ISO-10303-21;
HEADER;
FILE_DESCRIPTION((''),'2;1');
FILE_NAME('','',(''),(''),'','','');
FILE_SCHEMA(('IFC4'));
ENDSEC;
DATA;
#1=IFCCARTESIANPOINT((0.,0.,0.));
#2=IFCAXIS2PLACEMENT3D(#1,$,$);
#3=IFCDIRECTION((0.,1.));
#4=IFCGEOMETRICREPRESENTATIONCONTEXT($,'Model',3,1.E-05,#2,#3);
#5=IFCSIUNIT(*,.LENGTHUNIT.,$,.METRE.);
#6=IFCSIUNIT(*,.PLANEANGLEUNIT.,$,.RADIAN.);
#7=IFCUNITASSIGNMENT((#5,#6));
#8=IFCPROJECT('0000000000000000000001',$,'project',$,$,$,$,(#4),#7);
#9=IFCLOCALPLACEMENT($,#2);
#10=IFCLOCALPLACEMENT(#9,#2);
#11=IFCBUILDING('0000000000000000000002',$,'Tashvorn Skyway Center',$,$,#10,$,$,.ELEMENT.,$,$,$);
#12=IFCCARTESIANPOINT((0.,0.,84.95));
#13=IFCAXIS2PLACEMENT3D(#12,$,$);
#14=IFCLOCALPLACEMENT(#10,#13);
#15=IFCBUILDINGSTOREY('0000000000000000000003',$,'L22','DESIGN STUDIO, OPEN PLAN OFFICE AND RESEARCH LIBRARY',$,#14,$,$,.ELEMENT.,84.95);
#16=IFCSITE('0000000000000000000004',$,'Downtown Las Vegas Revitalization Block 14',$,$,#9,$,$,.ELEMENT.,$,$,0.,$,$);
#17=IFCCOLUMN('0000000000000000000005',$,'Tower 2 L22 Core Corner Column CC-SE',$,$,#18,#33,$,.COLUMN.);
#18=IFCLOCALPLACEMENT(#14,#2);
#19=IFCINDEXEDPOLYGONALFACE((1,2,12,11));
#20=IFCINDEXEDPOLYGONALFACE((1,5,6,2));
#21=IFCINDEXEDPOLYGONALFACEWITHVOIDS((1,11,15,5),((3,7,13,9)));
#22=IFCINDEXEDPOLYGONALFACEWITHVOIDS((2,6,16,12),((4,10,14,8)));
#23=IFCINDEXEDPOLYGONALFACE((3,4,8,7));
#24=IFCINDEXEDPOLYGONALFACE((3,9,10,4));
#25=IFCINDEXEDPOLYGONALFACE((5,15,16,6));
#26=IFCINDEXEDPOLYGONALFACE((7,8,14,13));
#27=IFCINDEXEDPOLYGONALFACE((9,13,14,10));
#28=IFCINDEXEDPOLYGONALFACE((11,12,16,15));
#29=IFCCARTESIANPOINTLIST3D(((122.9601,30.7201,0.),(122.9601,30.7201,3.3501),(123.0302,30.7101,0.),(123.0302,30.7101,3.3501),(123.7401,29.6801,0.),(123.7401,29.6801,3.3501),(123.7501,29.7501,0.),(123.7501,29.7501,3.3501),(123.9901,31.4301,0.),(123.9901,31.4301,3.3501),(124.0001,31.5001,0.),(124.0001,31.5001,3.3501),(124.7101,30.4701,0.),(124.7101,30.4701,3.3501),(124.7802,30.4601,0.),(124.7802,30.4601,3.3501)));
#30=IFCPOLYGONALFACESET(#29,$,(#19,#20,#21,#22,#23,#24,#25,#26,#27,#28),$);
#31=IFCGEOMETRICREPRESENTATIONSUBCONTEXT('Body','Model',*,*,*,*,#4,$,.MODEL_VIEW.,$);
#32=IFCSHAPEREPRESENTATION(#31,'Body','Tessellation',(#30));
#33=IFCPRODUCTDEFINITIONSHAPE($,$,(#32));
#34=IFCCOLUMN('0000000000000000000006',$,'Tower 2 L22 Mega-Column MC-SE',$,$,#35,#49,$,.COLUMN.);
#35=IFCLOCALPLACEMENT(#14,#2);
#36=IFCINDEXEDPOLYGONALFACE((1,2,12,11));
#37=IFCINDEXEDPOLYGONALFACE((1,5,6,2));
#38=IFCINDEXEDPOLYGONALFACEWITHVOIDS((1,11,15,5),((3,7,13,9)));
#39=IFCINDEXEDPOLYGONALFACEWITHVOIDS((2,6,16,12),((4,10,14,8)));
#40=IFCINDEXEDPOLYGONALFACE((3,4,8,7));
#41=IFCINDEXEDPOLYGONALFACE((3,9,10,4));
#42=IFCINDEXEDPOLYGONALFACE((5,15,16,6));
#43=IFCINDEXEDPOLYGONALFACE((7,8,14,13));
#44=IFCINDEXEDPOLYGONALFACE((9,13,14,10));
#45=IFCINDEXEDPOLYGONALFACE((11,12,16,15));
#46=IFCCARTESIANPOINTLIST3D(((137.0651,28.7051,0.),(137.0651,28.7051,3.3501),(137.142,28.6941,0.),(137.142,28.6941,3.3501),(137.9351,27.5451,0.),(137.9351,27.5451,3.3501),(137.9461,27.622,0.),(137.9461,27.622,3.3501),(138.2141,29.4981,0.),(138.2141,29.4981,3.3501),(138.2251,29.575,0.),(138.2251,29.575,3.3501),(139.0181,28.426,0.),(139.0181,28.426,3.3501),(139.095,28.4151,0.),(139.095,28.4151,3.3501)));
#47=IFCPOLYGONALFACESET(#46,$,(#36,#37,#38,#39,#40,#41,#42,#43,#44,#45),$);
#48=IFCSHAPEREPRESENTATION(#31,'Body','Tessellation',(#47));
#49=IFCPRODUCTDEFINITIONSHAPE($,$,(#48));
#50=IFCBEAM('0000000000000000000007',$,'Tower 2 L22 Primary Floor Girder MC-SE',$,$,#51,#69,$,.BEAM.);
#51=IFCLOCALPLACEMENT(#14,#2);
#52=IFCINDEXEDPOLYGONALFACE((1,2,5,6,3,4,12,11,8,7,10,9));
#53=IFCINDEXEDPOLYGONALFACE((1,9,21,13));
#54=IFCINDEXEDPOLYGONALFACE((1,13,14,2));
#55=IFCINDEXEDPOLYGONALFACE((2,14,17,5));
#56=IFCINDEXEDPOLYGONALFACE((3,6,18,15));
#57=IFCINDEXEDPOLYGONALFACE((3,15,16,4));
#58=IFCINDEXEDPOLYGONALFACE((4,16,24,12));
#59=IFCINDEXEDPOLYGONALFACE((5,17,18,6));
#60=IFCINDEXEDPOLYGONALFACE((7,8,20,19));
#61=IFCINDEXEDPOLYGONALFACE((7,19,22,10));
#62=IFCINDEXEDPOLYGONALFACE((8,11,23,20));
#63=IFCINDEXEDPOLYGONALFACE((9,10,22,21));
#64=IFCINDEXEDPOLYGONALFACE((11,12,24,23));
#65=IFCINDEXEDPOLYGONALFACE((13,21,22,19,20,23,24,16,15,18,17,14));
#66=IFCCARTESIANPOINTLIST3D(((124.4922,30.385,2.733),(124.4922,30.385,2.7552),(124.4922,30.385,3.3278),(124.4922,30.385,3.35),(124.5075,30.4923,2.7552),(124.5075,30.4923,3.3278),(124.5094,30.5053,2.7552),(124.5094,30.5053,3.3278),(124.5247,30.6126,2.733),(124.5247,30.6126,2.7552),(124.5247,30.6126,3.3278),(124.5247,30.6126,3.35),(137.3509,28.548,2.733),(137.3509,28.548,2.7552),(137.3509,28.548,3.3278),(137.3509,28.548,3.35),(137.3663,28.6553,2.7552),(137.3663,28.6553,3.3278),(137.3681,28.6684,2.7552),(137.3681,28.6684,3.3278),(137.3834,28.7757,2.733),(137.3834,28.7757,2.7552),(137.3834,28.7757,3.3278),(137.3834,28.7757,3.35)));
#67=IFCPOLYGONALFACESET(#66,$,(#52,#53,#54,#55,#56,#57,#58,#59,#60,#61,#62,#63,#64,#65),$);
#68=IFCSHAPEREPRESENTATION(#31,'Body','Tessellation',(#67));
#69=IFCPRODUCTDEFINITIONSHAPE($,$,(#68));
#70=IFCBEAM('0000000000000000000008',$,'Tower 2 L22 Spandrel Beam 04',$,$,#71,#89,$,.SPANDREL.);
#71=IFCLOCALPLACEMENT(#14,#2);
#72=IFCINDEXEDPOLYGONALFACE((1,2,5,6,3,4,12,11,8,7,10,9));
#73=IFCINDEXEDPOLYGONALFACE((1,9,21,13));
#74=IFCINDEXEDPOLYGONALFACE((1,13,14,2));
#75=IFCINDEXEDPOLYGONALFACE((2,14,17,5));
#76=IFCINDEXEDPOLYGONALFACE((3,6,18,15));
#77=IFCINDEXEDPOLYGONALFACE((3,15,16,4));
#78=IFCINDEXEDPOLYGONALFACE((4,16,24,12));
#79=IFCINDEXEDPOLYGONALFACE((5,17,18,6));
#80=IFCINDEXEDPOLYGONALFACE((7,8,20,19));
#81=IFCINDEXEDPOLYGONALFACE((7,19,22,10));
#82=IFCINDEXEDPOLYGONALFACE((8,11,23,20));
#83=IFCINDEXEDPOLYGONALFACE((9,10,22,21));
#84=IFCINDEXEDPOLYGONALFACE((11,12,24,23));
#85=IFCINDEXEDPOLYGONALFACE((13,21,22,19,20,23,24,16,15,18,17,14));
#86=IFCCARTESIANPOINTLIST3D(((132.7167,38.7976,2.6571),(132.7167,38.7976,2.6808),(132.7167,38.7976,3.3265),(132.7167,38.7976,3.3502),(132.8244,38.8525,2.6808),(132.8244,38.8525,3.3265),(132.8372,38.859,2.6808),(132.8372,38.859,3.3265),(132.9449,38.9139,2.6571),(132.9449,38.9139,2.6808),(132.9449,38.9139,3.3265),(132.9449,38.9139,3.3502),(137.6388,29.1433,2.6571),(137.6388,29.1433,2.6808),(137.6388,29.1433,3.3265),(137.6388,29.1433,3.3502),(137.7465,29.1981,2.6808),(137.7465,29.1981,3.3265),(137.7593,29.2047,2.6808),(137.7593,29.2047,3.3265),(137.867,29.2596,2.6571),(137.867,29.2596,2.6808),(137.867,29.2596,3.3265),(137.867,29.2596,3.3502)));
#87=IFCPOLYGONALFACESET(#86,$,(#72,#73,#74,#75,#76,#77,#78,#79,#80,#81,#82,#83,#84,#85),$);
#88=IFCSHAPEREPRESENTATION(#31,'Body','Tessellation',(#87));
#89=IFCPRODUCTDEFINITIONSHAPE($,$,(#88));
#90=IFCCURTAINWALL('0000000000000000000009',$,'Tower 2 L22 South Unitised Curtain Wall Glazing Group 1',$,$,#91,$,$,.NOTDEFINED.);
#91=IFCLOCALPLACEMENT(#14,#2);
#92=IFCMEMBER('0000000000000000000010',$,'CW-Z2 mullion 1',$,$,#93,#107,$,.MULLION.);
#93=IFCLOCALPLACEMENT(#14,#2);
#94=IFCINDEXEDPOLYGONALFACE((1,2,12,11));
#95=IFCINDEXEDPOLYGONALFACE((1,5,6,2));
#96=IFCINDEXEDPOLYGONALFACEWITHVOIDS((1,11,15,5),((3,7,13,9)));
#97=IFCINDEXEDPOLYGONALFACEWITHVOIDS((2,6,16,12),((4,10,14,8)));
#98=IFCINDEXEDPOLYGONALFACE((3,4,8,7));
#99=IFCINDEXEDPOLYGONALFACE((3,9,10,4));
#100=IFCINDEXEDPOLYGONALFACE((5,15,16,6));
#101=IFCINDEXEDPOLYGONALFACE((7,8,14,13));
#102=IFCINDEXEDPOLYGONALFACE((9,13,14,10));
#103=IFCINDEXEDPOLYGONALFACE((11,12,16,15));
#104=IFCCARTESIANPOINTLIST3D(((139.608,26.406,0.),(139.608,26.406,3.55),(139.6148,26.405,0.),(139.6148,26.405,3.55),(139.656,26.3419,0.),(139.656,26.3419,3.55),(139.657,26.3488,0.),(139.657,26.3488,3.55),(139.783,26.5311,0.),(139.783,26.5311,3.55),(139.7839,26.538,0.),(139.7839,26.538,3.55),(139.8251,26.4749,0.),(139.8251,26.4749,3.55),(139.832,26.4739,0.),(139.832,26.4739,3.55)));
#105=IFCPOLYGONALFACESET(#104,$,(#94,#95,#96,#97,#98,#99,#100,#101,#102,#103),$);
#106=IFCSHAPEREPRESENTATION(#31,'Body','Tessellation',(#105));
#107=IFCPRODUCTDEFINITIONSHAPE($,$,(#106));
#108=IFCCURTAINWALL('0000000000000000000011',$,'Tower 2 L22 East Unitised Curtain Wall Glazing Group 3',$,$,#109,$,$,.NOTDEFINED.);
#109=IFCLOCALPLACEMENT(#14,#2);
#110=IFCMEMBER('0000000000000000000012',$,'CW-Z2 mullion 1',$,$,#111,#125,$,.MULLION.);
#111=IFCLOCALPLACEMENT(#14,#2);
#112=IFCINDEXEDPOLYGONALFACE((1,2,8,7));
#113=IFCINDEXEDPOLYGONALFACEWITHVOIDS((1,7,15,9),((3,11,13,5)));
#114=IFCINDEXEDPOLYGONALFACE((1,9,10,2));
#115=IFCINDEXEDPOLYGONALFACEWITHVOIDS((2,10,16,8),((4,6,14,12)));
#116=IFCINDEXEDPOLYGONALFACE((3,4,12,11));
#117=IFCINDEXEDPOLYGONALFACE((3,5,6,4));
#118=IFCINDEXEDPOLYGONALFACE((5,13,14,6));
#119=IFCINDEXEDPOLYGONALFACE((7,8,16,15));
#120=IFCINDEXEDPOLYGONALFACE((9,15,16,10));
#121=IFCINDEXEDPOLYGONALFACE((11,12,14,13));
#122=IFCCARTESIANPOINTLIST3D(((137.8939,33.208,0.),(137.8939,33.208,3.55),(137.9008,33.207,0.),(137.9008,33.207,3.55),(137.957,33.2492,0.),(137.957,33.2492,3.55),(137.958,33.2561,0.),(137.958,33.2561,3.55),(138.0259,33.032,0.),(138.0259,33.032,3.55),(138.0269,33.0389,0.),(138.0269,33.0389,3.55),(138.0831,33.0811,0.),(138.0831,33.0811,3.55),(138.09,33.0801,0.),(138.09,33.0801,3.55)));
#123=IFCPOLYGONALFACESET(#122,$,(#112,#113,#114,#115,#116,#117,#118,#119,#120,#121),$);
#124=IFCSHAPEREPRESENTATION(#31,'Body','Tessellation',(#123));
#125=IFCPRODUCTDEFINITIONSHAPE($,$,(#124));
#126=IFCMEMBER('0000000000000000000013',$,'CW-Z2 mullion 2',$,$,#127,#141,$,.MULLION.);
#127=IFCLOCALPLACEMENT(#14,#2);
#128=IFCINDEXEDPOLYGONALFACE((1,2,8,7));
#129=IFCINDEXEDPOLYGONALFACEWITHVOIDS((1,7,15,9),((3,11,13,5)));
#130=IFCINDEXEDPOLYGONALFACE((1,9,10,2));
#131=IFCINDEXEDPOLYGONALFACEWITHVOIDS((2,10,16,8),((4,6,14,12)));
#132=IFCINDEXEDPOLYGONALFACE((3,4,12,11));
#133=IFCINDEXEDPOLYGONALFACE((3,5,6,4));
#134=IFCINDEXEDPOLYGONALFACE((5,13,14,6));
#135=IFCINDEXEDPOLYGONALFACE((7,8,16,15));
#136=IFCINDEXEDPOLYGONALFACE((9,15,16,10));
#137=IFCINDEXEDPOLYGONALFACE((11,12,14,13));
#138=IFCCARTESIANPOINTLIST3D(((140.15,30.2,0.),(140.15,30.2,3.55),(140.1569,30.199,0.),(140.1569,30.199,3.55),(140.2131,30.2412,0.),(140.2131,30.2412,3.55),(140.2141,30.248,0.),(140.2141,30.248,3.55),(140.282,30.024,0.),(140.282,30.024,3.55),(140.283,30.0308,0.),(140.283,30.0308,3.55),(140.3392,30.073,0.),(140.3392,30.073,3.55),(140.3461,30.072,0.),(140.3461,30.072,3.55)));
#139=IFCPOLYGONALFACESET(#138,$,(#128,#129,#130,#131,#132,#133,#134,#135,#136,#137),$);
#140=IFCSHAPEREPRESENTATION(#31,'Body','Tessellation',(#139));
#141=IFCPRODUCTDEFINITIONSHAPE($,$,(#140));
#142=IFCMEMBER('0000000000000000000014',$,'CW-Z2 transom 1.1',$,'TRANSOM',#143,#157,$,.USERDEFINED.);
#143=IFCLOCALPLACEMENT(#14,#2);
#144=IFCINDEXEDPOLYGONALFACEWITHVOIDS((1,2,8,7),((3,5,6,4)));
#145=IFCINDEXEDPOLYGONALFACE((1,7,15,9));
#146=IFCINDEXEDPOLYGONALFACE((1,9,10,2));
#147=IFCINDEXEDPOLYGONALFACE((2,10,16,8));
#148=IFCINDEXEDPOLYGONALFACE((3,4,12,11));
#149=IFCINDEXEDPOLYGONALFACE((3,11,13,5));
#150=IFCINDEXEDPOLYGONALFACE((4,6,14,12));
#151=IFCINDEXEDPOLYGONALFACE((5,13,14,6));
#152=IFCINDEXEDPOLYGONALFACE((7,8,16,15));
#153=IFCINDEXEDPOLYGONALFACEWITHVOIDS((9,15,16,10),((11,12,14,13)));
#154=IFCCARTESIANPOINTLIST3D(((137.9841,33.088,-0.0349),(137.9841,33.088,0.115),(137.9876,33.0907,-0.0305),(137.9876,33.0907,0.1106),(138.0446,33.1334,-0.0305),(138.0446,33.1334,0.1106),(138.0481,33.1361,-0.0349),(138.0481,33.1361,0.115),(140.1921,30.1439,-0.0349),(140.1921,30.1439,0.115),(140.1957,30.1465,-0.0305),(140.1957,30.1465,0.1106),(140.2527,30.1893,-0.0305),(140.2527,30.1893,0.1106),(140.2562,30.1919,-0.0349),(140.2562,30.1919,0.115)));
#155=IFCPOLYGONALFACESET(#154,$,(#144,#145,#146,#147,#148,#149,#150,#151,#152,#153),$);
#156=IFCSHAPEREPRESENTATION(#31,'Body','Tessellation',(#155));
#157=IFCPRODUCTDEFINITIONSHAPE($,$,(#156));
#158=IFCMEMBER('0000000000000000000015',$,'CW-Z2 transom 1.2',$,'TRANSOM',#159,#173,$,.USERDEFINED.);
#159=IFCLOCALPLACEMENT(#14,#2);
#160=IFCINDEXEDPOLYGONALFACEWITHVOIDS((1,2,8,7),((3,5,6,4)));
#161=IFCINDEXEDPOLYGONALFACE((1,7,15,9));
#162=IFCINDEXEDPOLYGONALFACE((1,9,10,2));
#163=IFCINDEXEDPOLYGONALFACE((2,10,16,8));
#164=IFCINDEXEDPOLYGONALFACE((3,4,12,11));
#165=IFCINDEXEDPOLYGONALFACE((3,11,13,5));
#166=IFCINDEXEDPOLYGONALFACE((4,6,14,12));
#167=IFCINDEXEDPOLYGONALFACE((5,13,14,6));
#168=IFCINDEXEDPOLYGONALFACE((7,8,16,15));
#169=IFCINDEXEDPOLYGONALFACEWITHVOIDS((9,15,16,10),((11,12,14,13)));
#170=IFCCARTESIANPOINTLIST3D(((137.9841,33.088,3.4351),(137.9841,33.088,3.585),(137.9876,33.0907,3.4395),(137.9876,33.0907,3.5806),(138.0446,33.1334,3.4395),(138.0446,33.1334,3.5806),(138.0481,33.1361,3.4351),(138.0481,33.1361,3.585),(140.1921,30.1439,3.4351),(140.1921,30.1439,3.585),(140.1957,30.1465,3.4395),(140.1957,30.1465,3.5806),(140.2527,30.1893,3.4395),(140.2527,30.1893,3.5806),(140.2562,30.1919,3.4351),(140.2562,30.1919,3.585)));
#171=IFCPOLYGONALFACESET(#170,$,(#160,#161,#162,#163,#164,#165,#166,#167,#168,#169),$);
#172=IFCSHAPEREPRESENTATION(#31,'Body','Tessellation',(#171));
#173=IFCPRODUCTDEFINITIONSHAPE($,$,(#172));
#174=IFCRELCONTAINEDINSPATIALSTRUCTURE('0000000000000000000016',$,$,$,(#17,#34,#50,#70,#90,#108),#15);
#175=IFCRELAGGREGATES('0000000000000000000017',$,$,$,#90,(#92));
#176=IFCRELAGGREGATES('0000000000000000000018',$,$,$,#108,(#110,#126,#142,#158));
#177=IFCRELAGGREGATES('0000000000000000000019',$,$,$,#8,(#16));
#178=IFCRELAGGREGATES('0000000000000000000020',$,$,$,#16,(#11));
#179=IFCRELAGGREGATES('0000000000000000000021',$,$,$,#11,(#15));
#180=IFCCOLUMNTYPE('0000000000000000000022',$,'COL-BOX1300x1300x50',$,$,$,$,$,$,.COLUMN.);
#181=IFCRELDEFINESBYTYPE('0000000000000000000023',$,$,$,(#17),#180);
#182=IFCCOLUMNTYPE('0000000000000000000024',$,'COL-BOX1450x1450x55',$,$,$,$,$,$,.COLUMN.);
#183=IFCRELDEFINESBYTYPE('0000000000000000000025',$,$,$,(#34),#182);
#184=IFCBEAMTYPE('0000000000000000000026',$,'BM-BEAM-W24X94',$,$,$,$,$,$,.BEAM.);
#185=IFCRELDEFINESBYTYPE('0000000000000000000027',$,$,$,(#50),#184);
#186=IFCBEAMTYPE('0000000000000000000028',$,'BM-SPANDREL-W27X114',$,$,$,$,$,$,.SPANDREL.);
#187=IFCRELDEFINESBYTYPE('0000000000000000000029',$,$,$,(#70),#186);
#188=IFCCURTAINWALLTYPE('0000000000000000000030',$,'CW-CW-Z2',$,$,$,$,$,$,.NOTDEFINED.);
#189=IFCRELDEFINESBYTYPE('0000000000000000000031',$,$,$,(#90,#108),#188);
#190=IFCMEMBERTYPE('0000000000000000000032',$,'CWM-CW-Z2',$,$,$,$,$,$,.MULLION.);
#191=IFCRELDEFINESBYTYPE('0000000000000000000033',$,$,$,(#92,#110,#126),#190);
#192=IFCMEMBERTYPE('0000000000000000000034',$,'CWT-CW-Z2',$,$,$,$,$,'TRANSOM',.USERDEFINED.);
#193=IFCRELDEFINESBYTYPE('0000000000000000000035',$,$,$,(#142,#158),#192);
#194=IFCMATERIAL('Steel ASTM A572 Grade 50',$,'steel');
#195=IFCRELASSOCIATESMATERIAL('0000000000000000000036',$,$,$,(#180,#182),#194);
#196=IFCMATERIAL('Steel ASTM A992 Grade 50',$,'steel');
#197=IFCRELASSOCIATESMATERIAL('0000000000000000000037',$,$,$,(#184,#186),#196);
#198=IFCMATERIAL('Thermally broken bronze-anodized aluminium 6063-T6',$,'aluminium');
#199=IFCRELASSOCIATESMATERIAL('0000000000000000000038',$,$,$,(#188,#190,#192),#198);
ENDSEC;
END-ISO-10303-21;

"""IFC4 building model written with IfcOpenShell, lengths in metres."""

from ifc_helpers import new_model, si_unit, direction, frame, origin, origin_2d, place, context, subcontext, project, spatial, hollow_rectangle, i_section, extrude, material, material_profile, profile_set, type_object, element, aggregate, save


model = new_model("IFC4")

# Units and contexts
model_context = context("Model", 3, precision=1e-05, world=origin(), true_north=direction((0.0, 1.0)))
body_context = subcontext(model_context, "Body", "Model", "MODEL_VIEW")
ifc_project = project(units=[si_unit("LENGTHUNIT", "METRE"), si_unit("PLANEANGLEUNIT", "RADIAN")], contexts=[model_context])

# Site, building, storey
site_placement = place(None, origin())
site = spatial("IfcSite", under=ifc_project, at=site_placement, Name="Downtown Las Vegas Revitalization Block 14", CompositionType="ELEMENT", RefElevation=0.0)
building_placement = place(site_placement, origin())
building = spatial("IfcBuilding", under=site, at=building_placement, Name="Tashvorn Skyway Center", CompositionType="ELEMENT")
storey_placement = place(building_placement, frame((0.0, 0.0, 84.95)))
storey = spatial("IfcBuildingStorey", under=building, at=storey_placement, Name="L22", Description="DESIGN STUDIO, OPEN PLAN OFFICE AND RESEARCH LIBRARY", CompositionType="ELEMENT", Elevation=84.95)

# Columns
ifc_material_1 = material(Name="Steel ASTM A572 Grade 50", Category="steel")
ifc_material_profile_1 = material_profile(ifc_material_1, hollow_rectangle(XDim=1.3, YDim=1.3, WallThickness=0.05, at=origin_2d()), Name="BOX1300x1300x50")
ifc_profile_set_1 = profile_set([ifc_material_profile_1], Name="Steel ASTM A572 Grade 50")
column_type_1 = type_object("IfcColumnType", Name="COL-BOX1300x1300x50", PredefinedType="COLUMN", material=ifc_profile_set_1)
column_1_placement = place(storey_placement, frame((123.8701, 30.5901, 0.0), z_axis=(0.0, 0.0, 1.0), x_axis=(0.8, 0.6, 0.0)))
element("IfcColumn", 1, at=column_1_placement, inside=storey, type_object=column_type_1, Name="Tower 2 L22 Core Corner Column CC-SE", PredefinedType="COLUMN", context=body_context, shape_type="SweptSolid", body=[
    extrude(hollow_rectangle(XDim=1.3, YDim=1.3, WallThickness=0.05, at=origin_2d()), origin(), (0.0, 0.0, 1.0), 3.3501),
])
ifc_material_profile_2 = material_profile(ifc_material_1, hollow_rectangle(XDim=1.45, YDim=1.45, WallThickness=0.0549, at=origin_2d()), Name="BOX1450x1450x55")
ifc_profile_set_2 = profile_set([ifc_material_profile_2], Name="Steel ASTM A572 Grade 50")
column_type_2 = type_object("IfcColumnType", Name="COL-BOX1450x1450x55", PredefinedType="COLUMN", material=ifc_profile_set_2)
column_2_placement = place(storey_placement, frame((138.0801, 28.5601, 0.0), z_axis=(0.0, 0.0, 1.0), x_axis=(0.8, 0.6, 0.0)))
element("IfcColumn", 2, at=column_2_placement, inside=storey, type_object=column_type_2, Name="Tower 2 L22 Mega-Column MC-SE", PredefinedType="COLUMN", context=body_context, shape_type="SweptSolid", body=[
    extrude(hollow_rectangle(XDim=1.45, YDim=1.45, WallThickness=0.0549, at=origin_2d()), origin(), (0.0, 0.0, 1.0), 3.3501),
])

# Beams
ifc_material_2 = material(Name="Steel ASTM A992 Grade 50", Category="steel")
ifc_material_profile_3 = material_profile(ifc_material_2, i_section(OverallWidth=0.23, OverallDepth=0.6169, WebThickness=0.0132, FlangeThickness=0.0222, at=origin_2d()), Name="W24X94")
ifc_profile_set_3 = profile_set([ifc_material_profile_3], Name="Steel ASTM A992 Grade 50")
beam_type_1 = type_object("IfcBeamType", Name="BM-BEAM-W24X94", PredefinedType="BEAM", material=ifc_profile_set_3)
beam_1_placement = place(storey_placement, frame((137.3672, 28.6619, 3.0415), z_axis=(-0.98995, 0.141419, 0.0), x_axis=(-0.141419, -0.98995, 0.0)))
element("IfcBeam", 3, at=beam_1_placement, inside=storey, type_object=beam_type_1, Name="Tower 2 L22 Primary Floor Girder MC-SE", PredefinedType="BEAM", context=body_context, shape_type="SweptSolid", body=[
    extrude(i_section(OverallWidth=0.23, OverallDepth=0.6169, WebThickness=0.0132, FlangeThickness=0.0222, at=origin_2d()), origin(), (0.0, 0.0, 1.0), 12.9893),
])
ifc_material_profile_4 = material_profile(ifc_material_2, i_section(OverallWidth=0.2561, OverallDepth=0.6931, WebThickness=0.0144, FlangeThickness=0.0237, at=origin_2d()), Name="W27X114")
ifc_profile_set_4 = profile_set([ifc_material_profile_4], Name="Steel ASTM A992 Grade 50")
beam_type_2 = type_object("IfcBeamType", Name="BM-SPANDREL-W27X114", PredefinedType="SPANDREL", material=ifc_profile_set_4)
beam_2_placement = place(storey_placement, frame((137.7529, 29.2014, 3.0037), z_axis=(-0.454211, 0.890894, 0.0), x_axis=(-0.890894, -0.454211, 0.0)))
element("IfcBeam", 4, at=beam_2_placement, inside=storey, type_object=beam_type_2, Name="Tower 2 L22 Spandrel Beam 04", PredefinedType="SPANDREL", context=body_context, shape_type="SweptSolid", body=[
    extrude(i_section(OverallWidth=0.2561, OverallDepth=0.6931, WebThickness=0.0144, FlangeThickness=0.0237, at=origin_2d()), origin(), (0.0, 0.0, 1.0), 10.8367),
])

# Curtain wall, member
ifc_material_3 = material(Name="Thermally broken bronze-anodized aluminium 6063-T6", Category="aluminium")
curtain_wall_type = type_object("IfcCurtainWallType", Name="CW-CW-Z2", PredefinedType="NOTDEFINED", material=ifc_material_3)
curtain_wall_1_placement = place(storey_placement, origin())
curtain_wall_1 = element("IfcCurtainWall", 5, at=curtain_wall_1_placement, inside=storey, type_object=curtain_wall_type, Name="Tower 2 L22 South Unitised Curtain Wall Glazing Group 1", PredefinedType="NOTDEFINED")
ifc_material_profile_5 = material_profile(ifc_material_3, hollow_rectangle(XDim=0.0801, YDim=0.22, WallThickness=0.0049, at=origin_2d()), Name="ALU-MULL-80x220")
ifc_profile_set_5 = profile_set([ifc_material_profile_5], Name="Thermally broken bronze-anodized aluminium 6063-T6")
member_type_1 = type_object("IfcMemberType", Name="CWM-CW-Z2", PredefinedType="MULLION", material=ifc_profile_set_5)
member_1_placement = place(storey_placement, frame((139.72, 26.4399, 0.0), z_axis=(0.0, 0.0, 1.0), x_axis=(0.6, -0.8, 0.0)))
member_1 = element("IfcMember", 6, at=member_1_placement, type_object=member_type_1, Name="CW-Z2 mullion 1", PredefinedType="MULLION", context=body_context, shape_type="SweptSolid", body=[
    extrude(hollow_rectangle(XDim=0.0801, YDim=0.22, WallThickness=0.0049, at=origin_2d()), origin(), (0.0, 0.0, 1.0), 3.55),
])
aggregate(curtain_wall_1, [member_1])

# Curtain wall, members
curtain_wall_2_placement = place(storey_placement, origin())
curtain_wall_2 = element("IfcCurtainWall", 7, at=curtain_wall_2_placement, inside=storey, type_object=curtain_wall_type, Name="Tower 2 L22 East Unitised Curtain Wall Glazing Group 3", PredefinedType="NOTDEFINED")
member_2_placement = place(storey_placement, frame((137.9919, 33.144, 0.0), z_axis=(0.0, 0.0, 1.0), x_axis=(0.8, 0.6, 0.0)))
member_2 = element("IfcMember", 8, at=member_2_placement, type_object=member_type_1, Name="CW-Z2 mullion 1", PredefinedType="MULLION", context=body_context, shape_type="SweptSolid", body=[
    extrude(hollow_rectangle(XDim=0.0801, YDim=0.22, WallThickness=0.0049, at=origin_2d()), origin(), (0.0, 0.0, 1.0), 3.55),
])
member_3_placement = place(storey_placement, frame((140.248, 30.136, 0.0), z_axis=(0.0, 0.0, 1.0), x_axis=(0.8, 0.6, 0.0)))
member_3 = element("IfcMember", 9, at=member_3_placement, type_object=member_type_1, Name="CW-Z2 mullion 2", PredefinedType="MULLION", context=body_context, shape_type="SweptSolid", body=[
    extrude(hollow_rectangle(XDim=0.0801, YDim=0.22, WallThickness=0.0049, at=origin_2d()), origin(), (0.0, 0.0, 1.0), 3.55),
])
ifc_material_profile_6 = material_profile(ifc_material_3, hollow_rectangle(XDim=0.0801, YDim=0.1499, WallThickness=0.0044, at=origin_2d()), Name="ALU-TRAN-80x150")
ifc_profile_set_6 = profile_set([ifc_material_profile_6], Name="Thermally broken bronze-anodized aluminium 6063-T6")
member_type_2 = type_object("IfcMemberType", Name="CWT-CW-Z2", ElementType="TRANSOM", PredefinedType="USERDEFINED", material=ifc_profile_set_6)
member_4_placement = place(storey_placement, frame((138.0161, 33.1121, 0.04), z_axis=(0.599989, -0.800008, 0.0), x_axis=(0.800008, 0.599989, 0.0)))
member_4 = element("IfcMember", 10, at=member_4_placement, type_object=member_type_2, Name="CW-Z2 transom 1.1", ObjectType="TRANSOM", PredefinedType="USERDEFINED", context=body_context, shape_type="SweptSolid", body=[
    extrude(hollow_rectangle(XDim=0.0801, YDim=0.1499, WallThickness=0.0044, at=origin_2d()), origin(), (0.0, 0.0, 1.0), 3.6802),
])
member_5_placement = place(storey_placement, frame((138.0161, 33.1121, 3.51), z_axis=(0.599989, -0.800008, 0.0), x_axis=(0.800008, 0.599989, 0.0)))
member_5 = element("IfcMember", 11, at=member_5_placement, type_object=member_type_2, Name="CW-Z2 transom 1.2", ObjectType="TRANSOM", PredefinedType="USERDEFINED", context=body_context, shape_type="SweptSolid", body=[
    extrude(hollow_rectangle(XDim=0.0801, YDim=0.1499, WallThickness=0.0044, at=origin_2d()), origin(), (0.0, 0.0, 1.0), 3.6802),
])
aggregate(curtain_wall_2, [member_2, member_3, member_4, member_5])

save(model, "model.ifc")
